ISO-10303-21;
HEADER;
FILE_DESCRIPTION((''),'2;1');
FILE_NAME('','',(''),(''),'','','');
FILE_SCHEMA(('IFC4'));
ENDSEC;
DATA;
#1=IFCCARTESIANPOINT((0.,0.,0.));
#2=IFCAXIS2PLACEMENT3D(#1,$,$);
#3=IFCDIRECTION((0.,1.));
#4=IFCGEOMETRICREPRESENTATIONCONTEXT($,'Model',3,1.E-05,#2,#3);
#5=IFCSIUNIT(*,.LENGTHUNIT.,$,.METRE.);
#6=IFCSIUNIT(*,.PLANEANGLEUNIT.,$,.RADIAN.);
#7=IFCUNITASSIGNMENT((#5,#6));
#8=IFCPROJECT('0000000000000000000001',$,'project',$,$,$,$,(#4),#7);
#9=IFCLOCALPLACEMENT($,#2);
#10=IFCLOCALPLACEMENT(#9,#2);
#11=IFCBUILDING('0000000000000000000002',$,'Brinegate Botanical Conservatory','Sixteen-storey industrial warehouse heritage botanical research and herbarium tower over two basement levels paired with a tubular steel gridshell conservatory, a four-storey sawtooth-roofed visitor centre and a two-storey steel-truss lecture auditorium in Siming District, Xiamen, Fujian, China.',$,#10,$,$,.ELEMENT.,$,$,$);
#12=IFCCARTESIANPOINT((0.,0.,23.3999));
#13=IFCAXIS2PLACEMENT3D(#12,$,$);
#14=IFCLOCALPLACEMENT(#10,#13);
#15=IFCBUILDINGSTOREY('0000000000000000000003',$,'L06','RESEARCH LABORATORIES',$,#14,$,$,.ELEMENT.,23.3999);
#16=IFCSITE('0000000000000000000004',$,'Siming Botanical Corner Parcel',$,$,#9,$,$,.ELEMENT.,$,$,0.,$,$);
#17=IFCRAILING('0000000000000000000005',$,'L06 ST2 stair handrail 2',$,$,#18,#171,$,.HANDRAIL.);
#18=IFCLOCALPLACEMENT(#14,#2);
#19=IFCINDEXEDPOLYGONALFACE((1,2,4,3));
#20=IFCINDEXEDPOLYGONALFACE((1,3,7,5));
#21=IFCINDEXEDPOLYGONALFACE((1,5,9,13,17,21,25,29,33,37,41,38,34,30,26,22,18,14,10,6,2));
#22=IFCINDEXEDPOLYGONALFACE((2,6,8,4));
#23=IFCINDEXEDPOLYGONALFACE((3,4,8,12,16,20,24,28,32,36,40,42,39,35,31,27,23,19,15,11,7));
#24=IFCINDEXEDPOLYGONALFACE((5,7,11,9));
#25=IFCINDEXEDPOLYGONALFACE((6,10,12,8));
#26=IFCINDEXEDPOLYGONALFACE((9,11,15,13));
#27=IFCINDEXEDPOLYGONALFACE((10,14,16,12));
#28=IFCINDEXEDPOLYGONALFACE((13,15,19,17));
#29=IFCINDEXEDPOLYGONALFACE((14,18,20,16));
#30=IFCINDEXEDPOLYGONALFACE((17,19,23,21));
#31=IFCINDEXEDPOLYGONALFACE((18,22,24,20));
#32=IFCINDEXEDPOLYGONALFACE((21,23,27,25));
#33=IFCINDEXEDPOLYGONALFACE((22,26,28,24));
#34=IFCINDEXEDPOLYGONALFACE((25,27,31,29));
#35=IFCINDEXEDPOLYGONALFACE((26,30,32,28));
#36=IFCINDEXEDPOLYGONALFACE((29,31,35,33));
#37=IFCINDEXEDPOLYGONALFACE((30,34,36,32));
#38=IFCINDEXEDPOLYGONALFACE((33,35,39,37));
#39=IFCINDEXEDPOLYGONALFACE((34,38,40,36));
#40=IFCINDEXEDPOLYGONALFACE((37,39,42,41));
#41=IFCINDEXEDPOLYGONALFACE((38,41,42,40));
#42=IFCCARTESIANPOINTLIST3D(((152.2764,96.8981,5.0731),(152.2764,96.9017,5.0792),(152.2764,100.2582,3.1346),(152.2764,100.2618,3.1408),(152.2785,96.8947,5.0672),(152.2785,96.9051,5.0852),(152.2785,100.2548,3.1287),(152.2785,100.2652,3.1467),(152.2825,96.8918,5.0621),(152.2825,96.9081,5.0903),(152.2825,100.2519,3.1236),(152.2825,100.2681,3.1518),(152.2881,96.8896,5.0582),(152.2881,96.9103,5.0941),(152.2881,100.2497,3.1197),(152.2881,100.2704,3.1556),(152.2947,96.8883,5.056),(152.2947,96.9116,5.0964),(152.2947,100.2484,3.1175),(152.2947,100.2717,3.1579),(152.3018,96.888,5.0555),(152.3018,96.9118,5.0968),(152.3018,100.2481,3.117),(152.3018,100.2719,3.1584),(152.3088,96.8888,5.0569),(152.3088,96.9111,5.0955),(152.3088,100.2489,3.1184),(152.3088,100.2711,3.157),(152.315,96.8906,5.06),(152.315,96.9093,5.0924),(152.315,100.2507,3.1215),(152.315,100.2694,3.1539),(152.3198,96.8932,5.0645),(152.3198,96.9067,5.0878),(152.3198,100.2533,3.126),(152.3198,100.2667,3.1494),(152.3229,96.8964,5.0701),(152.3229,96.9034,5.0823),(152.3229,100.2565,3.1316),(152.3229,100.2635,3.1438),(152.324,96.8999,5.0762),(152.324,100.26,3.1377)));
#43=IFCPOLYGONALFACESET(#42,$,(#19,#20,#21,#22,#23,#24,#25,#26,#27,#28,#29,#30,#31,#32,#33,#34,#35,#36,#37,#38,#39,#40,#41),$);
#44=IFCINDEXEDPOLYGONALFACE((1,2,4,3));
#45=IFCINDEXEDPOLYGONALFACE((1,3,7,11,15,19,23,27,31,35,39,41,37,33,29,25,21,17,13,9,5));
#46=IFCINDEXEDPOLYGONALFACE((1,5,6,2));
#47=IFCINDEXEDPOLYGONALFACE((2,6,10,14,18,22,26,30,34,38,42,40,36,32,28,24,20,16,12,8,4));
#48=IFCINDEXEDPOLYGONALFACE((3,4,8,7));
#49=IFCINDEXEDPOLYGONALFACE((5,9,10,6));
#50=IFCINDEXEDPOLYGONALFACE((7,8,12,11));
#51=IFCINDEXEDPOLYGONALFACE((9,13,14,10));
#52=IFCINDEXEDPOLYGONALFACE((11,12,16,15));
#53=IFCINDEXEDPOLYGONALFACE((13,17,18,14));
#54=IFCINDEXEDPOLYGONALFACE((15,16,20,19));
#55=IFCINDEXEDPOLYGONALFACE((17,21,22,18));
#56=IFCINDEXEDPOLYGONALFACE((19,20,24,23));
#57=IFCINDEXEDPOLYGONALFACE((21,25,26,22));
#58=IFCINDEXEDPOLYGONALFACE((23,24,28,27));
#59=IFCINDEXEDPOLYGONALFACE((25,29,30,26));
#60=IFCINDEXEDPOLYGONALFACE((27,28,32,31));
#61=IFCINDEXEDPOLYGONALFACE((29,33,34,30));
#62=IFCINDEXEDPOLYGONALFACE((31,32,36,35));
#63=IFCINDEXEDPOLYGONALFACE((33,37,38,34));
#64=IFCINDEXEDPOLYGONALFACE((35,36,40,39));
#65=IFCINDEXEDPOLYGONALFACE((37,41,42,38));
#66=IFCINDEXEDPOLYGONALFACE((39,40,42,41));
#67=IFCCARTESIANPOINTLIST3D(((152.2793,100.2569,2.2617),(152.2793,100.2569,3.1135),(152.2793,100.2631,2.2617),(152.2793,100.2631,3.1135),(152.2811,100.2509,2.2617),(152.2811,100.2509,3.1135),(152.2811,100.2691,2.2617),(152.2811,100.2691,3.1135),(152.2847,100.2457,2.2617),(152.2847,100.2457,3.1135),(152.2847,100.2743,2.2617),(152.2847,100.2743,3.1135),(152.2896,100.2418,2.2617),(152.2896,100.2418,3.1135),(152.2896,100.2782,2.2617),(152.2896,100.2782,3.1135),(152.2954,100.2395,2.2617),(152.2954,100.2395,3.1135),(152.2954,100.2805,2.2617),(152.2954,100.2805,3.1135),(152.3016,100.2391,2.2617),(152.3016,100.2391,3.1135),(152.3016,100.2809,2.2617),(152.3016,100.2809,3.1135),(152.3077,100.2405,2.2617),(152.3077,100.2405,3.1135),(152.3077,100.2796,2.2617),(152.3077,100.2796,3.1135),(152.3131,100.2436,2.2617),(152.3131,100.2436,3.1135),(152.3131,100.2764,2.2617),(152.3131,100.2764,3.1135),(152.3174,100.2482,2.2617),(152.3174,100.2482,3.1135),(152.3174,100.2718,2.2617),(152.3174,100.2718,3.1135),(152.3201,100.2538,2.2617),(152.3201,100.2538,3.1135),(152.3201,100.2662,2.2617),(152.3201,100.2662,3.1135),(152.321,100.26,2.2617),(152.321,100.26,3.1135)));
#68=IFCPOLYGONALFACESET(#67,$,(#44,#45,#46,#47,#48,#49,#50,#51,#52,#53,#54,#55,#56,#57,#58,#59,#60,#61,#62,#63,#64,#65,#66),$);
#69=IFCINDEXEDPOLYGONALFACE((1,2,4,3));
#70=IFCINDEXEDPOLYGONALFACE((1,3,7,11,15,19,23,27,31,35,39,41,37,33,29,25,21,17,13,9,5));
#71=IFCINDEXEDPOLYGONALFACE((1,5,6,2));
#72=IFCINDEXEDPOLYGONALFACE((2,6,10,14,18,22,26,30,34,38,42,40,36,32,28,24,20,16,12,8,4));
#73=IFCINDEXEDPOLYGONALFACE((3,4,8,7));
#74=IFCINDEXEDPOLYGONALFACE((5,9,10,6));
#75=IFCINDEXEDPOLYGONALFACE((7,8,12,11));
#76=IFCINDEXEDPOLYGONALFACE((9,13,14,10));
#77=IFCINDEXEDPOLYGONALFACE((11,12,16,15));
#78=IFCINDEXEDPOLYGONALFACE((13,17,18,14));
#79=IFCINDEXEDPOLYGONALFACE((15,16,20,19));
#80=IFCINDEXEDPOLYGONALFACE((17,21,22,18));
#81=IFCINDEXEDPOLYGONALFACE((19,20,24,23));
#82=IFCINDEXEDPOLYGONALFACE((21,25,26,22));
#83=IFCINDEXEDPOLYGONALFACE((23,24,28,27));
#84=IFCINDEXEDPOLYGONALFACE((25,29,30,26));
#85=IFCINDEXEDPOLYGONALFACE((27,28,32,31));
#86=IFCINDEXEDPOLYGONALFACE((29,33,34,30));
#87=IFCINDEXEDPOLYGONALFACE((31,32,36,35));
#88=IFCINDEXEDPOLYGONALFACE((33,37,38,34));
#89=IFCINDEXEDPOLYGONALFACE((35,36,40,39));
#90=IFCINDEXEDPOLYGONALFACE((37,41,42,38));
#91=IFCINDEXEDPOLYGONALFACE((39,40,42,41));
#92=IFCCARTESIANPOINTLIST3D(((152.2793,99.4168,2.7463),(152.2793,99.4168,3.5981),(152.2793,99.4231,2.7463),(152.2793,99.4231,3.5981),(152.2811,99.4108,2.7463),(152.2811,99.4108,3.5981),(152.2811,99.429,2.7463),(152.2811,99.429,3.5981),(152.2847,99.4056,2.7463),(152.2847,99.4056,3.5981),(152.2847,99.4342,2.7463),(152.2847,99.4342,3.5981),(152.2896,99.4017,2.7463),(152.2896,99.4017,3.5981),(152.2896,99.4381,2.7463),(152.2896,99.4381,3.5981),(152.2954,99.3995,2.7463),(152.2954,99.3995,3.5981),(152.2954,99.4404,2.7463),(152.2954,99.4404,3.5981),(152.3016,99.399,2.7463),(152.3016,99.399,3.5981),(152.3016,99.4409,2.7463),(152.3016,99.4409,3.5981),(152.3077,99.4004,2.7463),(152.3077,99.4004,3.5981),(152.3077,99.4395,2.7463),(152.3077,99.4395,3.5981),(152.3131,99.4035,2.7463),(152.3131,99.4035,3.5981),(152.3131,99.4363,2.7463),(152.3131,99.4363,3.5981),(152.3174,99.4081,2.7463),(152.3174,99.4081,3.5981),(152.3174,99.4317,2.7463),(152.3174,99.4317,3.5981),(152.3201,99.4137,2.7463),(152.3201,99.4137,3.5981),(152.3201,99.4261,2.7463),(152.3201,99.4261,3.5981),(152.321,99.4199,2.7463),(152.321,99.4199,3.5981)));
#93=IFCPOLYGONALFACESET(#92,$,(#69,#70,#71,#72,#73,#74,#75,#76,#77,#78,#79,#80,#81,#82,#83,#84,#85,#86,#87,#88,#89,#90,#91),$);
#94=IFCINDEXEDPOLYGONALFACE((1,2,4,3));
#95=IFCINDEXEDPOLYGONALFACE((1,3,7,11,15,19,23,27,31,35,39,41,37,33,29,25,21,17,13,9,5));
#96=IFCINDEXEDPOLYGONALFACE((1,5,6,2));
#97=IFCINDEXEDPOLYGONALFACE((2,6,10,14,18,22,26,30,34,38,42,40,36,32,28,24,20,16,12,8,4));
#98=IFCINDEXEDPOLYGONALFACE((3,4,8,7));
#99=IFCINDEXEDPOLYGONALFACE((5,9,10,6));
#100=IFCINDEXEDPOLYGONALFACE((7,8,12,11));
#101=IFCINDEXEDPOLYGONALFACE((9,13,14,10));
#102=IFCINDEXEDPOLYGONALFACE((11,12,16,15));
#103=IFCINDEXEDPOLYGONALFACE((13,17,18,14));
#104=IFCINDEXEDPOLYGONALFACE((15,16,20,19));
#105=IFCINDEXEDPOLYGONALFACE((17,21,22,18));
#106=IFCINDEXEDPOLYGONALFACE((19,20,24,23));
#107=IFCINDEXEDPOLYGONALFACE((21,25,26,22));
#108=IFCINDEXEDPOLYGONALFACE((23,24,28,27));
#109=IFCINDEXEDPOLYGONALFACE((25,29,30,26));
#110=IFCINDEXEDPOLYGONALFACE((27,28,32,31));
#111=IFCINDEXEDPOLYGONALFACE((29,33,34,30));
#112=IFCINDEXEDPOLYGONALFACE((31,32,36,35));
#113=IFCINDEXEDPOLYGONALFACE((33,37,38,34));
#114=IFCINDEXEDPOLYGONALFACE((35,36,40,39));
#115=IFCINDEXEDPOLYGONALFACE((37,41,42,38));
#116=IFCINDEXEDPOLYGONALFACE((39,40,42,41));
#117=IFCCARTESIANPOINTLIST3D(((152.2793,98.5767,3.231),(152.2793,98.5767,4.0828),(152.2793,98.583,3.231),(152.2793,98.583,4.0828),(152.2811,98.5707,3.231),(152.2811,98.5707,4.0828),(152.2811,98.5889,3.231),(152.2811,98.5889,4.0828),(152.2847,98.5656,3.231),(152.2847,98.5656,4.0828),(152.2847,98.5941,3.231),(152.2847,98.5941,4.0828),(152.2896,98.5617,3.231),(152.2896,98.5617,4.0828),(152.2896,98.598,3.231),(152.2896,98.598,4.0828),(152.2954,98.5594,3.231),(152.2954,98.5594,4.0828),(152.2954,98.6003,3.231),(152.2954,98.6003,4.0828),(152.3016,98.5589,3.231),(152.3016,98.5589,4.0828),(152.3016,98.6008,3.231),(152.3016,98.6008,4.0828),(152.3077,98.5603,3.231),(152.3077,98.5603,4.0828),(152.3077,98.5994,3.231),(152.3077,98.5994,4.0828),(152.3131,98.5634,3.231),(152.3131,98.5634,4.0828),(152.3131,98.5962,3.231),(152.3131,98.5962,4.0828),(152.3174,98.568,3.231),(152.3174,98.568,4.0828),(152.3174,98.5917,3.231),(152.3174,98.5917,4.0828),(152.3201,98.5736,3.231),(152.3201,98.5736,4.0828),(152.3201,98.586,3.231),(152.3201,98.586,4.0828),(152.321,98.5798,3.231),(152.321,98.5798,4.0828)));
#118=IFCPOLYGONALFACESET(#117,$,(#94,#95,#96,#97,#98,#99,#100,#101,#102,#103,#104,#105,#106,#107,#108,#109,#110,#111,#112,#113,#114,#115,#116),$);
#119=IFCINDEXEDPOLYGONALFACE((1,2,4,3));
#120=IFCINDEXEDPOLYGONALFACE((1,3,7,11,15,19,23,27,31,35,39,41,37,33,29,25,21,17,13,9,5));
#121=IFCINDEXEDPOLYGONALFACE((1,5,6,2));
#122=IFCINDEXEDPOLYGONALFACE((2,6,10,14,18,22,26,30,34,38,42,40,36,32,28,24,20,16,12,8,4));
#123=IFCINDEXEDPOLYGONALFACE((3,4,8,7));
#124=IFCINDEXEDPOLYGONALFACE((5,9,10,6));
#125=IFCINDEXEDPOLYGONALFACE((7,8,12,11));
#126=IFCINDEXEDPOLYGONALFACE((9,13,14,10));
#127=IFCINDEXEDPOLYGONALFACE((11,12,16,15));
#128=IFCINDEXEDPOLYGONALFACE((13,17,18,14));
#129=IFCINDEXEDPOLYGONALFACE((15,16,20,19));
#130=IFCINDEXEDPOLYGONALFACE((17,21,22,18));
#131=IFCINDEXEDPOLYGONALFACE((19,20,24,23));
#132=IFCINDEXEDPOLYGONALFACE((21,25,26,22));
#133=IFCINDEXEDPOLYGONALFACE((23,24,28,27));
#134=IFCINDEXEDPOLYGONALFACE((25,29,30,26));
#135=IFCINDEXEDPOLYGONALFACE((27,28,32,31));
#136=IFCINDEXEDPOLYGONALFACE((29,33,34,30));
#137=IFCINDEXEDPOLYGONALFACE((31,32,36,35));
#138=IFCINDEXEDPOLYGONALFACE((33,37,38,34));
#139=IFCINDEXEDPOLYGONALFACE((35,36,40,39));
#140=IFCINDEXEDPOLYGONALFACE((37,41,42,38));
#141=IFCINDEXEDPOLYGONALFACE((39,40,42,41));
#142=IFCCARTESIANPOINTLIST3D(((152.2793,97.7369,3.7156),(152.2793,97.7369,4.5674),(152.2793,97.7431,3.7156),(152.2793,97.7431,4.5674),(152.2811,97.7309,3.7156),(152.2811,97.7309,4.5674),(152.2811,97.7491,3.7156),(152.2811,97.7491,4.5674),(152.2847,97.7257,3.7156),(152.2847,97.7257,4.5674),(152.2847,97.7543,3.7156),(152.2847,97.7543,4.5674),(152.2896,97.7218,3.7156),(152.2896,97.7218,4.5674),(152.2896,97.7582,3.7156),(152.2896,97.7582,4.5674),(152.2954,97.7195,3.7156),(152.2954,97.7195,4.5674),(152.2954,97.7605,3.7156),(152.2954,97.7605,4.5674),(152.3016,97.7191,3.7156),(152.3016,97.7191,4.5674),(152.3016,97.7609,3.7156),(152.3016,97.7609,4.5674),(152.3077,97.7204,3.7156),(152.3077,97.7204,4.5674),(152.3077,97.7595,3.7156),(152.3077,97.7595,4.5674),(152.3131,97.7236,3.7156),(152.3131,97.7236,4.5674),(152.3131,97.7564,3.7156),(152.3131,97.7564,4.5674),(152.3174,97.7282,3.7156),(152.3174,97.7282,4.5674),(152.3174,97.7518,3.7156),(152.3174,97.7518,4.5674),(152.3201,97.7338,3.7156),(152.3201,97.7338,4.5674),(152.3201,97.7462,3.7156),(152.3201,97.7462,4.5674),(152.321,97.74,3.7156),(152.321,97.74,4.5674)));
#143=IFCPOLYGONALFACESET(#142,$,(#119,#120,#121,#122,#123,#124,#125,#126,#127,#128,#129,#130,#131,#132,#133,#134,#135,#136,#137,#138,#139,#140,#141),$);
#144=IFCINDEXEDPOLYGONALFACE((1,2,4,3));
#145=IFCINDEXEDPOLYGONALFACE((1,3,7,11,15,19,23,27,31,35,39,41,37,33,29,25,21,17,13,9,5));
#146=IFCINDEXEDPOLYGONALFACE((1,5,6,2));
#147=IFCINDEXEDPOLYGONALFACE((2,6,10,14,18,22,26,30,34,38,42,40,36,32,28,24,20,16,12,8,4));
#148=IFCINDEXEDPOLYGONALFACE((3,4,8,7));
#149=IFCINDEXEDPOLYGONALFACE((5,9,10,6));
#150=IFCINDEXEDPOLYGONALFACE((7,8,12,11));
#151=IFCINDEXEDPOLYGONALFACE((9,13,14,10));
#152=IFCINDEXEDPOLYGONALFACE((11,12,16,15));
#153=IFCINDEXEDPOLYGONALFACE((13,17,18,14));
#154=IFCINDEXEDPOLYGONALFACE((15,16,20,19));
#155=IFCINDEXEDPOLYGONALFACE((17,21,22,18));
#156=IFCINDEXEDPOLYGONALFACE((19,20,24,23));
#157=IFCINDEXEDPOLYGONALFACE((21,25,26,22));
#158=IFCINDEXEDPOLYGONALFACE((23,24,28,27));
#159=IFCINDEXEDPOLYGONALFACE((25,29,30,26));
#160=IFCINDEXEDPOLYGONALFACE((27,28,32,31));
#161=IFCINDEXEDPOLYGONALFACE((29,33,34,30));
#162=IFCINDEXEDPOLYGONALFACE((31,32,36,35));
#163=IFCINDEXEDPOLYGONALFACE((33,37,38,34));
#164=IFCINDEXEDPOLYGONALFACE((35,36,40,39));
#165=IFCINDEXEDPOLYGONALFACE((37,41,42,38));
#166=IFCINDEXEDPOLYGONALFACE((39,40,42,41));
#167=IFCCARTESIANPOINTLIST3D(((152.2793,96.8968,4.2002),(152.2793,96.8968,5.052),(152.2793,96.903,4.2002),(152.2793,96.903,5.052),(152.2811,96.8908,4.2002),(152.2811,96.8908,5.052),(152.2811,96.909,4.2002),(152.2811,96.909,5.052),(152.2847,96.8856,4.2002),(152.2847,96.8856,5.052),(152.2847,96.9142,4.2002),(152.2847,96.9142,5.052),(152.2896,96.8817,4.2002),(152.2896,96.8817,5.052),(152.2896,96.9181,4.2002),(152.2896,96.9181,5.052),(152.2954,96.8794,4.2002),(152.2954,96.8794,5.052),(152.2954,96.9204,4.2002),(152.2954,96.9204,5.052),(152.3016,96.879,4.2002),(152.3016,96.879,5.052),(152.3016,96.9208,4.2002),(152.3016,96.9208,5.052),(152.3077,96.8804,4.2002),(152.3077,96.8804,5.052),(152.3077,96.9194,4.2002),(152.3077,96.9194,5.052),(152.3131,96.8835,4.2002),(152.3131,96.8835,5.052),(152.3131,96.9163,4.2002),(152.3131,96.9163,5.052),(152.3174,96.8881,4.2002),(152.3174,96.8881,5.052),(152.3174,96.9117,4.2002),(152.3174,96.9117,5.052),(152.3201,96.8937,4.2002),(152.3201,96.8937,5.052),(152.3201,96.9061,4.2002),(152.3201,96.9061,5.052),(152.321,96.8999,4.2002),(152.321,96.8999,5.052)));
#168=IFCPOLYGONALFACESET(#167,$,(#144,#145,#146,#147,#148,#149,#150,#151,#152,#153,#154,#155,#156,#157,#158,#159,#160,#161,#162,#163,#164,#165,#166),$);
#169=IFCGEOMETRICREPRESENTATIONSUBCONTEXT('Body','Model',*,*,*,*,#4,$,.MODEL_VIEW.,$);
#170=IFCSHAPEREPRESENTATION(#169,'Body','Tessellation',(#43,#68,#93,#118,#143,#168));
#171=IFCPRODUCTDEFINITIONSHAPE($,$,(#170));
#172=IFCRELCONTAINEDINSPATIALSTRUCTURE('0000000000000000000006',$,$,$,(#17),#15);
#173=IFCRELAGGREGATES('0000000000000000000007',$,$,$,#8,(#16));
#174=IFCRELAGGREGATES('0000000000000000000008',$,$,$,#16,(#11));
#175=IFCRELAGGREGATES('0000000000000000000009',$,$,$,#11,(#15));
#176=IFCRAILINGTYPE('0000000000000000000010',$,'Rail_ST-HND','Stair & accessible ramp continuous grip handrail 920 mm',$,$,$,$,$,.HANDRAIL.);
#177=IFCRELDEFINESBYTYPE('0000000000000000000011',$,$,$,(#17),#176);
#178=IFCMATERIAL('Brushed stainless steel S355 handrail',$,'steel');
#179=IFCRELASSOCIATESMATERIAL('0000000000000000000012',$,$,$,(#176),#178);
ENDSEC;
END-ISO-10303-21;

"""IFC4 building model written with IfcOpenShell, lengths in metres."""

from ifc_helpers import new_model, si_unit, direction, frame, origin, origin_2d, place, context, subcontext, project, spatial, circle, extrude, material, type_object, element, save


model = new_model("IFC4")

# Units and contexts
model_context = context("Model", 3, precision=1e-05, world=origin(), true_north=direction((0.0, 1.0)))
body_context = subcontext(model_context, "Body", "Model", "MODEL_VIEW")
ifc_project = project(units=[si_unit("LENGTHUNIT", "METRE"), si_unit("PLANEANGLEUNIT", "RADIAN")], contexts=[model_context])

# Site, building, storey
site_placement = place(None, origin())
site = spatial("IfcSite", under=ifc_project, at=site_placement, Name="Siming Botanical Corner Parcel", CompositionType="ELEMENT", RefElevation=0.0)
building_placement = place(site_placement, origin())
building = spatial("IfcBuilding", under=site, at=building_placement, Name="Brinegate Botanical Conservatory", Description="Sixteen-storey industrial warehouse heritage botanical research and herbarium tower over two basement levels paired with a tubular steel gridshell conservatory, a four-storey sawtooth-roofed visitor centre and a two-storey steel-truss lecture auditorium in Siming District, Xiamen, Fujian, China.", CompositionType="ELEMENT")
storey_placement = place(building_placement, frame((0.0, 0.0, 23.3999)))
storey = spatial("IfcBuildingStorey", under=building, at=storey_placement, Name="L06", Description="RESEARCH LABORATORIES", CompositionType="ELEMENT", Elevation=23.3999)

# Railing
ifc_material_1 = material(Name="Brushed stainless steel S355 handrail", Category="steel")
railing_type_1 = type_object("IfcRailingType", Name="Rail_ST-HND", Description="Stair & accessible ramp continuous grip handrail 920 mm", PredefinedType="HANDRAIL", material=ifc_material_1)
railing_1_placement = place(storey_placement, frame((152.3, 100.26, 2.2617)))
element("IfcRailing", 1, at=railing_1_placement, inside=storey, type_object=railing_type_1, Name="L06 ST2 stair handrail 2", PredefinedType="HANDRAIL", context=body_context, shape_type="SweptSolid", body=[
    extrude(circle(Radius=0.0239, at=origin_2d()), frame((0.0, 0.0, 0.876), z_axis=(0.0, -0.866191, 0.499713), x_axis=(1.0, 0.0, 0.0)), (0.0, 0.0, 1.0), 3.8792),
    extrude(circle(Radius=0.021, at=origin_2d()), origin(), (0.0, 0.0, 1.0), 0.8518),
    extrude(circle(Radius=0.021, at=origin_2d()), frame((0.0, -0.8401, 0.4846)), (0.0, 0.0, 1.0), 0.8518),
    extrude(circle(Radius=0.021, at=origin_2d()), frame((0.0, -1.6802, 0.9692)), (0.0, 0.0, 1.0), 0.8518),
    extrude(circle(Radius=0.021, at=origin_2d()), frame((0.0, -2.52, 1.4539)), (0.0, 0.0, 1.0), 0.8518),
    extrude(circle(Radius=0.021, at=origin_2d()), frame((0.0, -3.3601, 1.9385)), (0.0, 0.0, 1.0), 0.8518),
])

save(model, "model.ifc")
